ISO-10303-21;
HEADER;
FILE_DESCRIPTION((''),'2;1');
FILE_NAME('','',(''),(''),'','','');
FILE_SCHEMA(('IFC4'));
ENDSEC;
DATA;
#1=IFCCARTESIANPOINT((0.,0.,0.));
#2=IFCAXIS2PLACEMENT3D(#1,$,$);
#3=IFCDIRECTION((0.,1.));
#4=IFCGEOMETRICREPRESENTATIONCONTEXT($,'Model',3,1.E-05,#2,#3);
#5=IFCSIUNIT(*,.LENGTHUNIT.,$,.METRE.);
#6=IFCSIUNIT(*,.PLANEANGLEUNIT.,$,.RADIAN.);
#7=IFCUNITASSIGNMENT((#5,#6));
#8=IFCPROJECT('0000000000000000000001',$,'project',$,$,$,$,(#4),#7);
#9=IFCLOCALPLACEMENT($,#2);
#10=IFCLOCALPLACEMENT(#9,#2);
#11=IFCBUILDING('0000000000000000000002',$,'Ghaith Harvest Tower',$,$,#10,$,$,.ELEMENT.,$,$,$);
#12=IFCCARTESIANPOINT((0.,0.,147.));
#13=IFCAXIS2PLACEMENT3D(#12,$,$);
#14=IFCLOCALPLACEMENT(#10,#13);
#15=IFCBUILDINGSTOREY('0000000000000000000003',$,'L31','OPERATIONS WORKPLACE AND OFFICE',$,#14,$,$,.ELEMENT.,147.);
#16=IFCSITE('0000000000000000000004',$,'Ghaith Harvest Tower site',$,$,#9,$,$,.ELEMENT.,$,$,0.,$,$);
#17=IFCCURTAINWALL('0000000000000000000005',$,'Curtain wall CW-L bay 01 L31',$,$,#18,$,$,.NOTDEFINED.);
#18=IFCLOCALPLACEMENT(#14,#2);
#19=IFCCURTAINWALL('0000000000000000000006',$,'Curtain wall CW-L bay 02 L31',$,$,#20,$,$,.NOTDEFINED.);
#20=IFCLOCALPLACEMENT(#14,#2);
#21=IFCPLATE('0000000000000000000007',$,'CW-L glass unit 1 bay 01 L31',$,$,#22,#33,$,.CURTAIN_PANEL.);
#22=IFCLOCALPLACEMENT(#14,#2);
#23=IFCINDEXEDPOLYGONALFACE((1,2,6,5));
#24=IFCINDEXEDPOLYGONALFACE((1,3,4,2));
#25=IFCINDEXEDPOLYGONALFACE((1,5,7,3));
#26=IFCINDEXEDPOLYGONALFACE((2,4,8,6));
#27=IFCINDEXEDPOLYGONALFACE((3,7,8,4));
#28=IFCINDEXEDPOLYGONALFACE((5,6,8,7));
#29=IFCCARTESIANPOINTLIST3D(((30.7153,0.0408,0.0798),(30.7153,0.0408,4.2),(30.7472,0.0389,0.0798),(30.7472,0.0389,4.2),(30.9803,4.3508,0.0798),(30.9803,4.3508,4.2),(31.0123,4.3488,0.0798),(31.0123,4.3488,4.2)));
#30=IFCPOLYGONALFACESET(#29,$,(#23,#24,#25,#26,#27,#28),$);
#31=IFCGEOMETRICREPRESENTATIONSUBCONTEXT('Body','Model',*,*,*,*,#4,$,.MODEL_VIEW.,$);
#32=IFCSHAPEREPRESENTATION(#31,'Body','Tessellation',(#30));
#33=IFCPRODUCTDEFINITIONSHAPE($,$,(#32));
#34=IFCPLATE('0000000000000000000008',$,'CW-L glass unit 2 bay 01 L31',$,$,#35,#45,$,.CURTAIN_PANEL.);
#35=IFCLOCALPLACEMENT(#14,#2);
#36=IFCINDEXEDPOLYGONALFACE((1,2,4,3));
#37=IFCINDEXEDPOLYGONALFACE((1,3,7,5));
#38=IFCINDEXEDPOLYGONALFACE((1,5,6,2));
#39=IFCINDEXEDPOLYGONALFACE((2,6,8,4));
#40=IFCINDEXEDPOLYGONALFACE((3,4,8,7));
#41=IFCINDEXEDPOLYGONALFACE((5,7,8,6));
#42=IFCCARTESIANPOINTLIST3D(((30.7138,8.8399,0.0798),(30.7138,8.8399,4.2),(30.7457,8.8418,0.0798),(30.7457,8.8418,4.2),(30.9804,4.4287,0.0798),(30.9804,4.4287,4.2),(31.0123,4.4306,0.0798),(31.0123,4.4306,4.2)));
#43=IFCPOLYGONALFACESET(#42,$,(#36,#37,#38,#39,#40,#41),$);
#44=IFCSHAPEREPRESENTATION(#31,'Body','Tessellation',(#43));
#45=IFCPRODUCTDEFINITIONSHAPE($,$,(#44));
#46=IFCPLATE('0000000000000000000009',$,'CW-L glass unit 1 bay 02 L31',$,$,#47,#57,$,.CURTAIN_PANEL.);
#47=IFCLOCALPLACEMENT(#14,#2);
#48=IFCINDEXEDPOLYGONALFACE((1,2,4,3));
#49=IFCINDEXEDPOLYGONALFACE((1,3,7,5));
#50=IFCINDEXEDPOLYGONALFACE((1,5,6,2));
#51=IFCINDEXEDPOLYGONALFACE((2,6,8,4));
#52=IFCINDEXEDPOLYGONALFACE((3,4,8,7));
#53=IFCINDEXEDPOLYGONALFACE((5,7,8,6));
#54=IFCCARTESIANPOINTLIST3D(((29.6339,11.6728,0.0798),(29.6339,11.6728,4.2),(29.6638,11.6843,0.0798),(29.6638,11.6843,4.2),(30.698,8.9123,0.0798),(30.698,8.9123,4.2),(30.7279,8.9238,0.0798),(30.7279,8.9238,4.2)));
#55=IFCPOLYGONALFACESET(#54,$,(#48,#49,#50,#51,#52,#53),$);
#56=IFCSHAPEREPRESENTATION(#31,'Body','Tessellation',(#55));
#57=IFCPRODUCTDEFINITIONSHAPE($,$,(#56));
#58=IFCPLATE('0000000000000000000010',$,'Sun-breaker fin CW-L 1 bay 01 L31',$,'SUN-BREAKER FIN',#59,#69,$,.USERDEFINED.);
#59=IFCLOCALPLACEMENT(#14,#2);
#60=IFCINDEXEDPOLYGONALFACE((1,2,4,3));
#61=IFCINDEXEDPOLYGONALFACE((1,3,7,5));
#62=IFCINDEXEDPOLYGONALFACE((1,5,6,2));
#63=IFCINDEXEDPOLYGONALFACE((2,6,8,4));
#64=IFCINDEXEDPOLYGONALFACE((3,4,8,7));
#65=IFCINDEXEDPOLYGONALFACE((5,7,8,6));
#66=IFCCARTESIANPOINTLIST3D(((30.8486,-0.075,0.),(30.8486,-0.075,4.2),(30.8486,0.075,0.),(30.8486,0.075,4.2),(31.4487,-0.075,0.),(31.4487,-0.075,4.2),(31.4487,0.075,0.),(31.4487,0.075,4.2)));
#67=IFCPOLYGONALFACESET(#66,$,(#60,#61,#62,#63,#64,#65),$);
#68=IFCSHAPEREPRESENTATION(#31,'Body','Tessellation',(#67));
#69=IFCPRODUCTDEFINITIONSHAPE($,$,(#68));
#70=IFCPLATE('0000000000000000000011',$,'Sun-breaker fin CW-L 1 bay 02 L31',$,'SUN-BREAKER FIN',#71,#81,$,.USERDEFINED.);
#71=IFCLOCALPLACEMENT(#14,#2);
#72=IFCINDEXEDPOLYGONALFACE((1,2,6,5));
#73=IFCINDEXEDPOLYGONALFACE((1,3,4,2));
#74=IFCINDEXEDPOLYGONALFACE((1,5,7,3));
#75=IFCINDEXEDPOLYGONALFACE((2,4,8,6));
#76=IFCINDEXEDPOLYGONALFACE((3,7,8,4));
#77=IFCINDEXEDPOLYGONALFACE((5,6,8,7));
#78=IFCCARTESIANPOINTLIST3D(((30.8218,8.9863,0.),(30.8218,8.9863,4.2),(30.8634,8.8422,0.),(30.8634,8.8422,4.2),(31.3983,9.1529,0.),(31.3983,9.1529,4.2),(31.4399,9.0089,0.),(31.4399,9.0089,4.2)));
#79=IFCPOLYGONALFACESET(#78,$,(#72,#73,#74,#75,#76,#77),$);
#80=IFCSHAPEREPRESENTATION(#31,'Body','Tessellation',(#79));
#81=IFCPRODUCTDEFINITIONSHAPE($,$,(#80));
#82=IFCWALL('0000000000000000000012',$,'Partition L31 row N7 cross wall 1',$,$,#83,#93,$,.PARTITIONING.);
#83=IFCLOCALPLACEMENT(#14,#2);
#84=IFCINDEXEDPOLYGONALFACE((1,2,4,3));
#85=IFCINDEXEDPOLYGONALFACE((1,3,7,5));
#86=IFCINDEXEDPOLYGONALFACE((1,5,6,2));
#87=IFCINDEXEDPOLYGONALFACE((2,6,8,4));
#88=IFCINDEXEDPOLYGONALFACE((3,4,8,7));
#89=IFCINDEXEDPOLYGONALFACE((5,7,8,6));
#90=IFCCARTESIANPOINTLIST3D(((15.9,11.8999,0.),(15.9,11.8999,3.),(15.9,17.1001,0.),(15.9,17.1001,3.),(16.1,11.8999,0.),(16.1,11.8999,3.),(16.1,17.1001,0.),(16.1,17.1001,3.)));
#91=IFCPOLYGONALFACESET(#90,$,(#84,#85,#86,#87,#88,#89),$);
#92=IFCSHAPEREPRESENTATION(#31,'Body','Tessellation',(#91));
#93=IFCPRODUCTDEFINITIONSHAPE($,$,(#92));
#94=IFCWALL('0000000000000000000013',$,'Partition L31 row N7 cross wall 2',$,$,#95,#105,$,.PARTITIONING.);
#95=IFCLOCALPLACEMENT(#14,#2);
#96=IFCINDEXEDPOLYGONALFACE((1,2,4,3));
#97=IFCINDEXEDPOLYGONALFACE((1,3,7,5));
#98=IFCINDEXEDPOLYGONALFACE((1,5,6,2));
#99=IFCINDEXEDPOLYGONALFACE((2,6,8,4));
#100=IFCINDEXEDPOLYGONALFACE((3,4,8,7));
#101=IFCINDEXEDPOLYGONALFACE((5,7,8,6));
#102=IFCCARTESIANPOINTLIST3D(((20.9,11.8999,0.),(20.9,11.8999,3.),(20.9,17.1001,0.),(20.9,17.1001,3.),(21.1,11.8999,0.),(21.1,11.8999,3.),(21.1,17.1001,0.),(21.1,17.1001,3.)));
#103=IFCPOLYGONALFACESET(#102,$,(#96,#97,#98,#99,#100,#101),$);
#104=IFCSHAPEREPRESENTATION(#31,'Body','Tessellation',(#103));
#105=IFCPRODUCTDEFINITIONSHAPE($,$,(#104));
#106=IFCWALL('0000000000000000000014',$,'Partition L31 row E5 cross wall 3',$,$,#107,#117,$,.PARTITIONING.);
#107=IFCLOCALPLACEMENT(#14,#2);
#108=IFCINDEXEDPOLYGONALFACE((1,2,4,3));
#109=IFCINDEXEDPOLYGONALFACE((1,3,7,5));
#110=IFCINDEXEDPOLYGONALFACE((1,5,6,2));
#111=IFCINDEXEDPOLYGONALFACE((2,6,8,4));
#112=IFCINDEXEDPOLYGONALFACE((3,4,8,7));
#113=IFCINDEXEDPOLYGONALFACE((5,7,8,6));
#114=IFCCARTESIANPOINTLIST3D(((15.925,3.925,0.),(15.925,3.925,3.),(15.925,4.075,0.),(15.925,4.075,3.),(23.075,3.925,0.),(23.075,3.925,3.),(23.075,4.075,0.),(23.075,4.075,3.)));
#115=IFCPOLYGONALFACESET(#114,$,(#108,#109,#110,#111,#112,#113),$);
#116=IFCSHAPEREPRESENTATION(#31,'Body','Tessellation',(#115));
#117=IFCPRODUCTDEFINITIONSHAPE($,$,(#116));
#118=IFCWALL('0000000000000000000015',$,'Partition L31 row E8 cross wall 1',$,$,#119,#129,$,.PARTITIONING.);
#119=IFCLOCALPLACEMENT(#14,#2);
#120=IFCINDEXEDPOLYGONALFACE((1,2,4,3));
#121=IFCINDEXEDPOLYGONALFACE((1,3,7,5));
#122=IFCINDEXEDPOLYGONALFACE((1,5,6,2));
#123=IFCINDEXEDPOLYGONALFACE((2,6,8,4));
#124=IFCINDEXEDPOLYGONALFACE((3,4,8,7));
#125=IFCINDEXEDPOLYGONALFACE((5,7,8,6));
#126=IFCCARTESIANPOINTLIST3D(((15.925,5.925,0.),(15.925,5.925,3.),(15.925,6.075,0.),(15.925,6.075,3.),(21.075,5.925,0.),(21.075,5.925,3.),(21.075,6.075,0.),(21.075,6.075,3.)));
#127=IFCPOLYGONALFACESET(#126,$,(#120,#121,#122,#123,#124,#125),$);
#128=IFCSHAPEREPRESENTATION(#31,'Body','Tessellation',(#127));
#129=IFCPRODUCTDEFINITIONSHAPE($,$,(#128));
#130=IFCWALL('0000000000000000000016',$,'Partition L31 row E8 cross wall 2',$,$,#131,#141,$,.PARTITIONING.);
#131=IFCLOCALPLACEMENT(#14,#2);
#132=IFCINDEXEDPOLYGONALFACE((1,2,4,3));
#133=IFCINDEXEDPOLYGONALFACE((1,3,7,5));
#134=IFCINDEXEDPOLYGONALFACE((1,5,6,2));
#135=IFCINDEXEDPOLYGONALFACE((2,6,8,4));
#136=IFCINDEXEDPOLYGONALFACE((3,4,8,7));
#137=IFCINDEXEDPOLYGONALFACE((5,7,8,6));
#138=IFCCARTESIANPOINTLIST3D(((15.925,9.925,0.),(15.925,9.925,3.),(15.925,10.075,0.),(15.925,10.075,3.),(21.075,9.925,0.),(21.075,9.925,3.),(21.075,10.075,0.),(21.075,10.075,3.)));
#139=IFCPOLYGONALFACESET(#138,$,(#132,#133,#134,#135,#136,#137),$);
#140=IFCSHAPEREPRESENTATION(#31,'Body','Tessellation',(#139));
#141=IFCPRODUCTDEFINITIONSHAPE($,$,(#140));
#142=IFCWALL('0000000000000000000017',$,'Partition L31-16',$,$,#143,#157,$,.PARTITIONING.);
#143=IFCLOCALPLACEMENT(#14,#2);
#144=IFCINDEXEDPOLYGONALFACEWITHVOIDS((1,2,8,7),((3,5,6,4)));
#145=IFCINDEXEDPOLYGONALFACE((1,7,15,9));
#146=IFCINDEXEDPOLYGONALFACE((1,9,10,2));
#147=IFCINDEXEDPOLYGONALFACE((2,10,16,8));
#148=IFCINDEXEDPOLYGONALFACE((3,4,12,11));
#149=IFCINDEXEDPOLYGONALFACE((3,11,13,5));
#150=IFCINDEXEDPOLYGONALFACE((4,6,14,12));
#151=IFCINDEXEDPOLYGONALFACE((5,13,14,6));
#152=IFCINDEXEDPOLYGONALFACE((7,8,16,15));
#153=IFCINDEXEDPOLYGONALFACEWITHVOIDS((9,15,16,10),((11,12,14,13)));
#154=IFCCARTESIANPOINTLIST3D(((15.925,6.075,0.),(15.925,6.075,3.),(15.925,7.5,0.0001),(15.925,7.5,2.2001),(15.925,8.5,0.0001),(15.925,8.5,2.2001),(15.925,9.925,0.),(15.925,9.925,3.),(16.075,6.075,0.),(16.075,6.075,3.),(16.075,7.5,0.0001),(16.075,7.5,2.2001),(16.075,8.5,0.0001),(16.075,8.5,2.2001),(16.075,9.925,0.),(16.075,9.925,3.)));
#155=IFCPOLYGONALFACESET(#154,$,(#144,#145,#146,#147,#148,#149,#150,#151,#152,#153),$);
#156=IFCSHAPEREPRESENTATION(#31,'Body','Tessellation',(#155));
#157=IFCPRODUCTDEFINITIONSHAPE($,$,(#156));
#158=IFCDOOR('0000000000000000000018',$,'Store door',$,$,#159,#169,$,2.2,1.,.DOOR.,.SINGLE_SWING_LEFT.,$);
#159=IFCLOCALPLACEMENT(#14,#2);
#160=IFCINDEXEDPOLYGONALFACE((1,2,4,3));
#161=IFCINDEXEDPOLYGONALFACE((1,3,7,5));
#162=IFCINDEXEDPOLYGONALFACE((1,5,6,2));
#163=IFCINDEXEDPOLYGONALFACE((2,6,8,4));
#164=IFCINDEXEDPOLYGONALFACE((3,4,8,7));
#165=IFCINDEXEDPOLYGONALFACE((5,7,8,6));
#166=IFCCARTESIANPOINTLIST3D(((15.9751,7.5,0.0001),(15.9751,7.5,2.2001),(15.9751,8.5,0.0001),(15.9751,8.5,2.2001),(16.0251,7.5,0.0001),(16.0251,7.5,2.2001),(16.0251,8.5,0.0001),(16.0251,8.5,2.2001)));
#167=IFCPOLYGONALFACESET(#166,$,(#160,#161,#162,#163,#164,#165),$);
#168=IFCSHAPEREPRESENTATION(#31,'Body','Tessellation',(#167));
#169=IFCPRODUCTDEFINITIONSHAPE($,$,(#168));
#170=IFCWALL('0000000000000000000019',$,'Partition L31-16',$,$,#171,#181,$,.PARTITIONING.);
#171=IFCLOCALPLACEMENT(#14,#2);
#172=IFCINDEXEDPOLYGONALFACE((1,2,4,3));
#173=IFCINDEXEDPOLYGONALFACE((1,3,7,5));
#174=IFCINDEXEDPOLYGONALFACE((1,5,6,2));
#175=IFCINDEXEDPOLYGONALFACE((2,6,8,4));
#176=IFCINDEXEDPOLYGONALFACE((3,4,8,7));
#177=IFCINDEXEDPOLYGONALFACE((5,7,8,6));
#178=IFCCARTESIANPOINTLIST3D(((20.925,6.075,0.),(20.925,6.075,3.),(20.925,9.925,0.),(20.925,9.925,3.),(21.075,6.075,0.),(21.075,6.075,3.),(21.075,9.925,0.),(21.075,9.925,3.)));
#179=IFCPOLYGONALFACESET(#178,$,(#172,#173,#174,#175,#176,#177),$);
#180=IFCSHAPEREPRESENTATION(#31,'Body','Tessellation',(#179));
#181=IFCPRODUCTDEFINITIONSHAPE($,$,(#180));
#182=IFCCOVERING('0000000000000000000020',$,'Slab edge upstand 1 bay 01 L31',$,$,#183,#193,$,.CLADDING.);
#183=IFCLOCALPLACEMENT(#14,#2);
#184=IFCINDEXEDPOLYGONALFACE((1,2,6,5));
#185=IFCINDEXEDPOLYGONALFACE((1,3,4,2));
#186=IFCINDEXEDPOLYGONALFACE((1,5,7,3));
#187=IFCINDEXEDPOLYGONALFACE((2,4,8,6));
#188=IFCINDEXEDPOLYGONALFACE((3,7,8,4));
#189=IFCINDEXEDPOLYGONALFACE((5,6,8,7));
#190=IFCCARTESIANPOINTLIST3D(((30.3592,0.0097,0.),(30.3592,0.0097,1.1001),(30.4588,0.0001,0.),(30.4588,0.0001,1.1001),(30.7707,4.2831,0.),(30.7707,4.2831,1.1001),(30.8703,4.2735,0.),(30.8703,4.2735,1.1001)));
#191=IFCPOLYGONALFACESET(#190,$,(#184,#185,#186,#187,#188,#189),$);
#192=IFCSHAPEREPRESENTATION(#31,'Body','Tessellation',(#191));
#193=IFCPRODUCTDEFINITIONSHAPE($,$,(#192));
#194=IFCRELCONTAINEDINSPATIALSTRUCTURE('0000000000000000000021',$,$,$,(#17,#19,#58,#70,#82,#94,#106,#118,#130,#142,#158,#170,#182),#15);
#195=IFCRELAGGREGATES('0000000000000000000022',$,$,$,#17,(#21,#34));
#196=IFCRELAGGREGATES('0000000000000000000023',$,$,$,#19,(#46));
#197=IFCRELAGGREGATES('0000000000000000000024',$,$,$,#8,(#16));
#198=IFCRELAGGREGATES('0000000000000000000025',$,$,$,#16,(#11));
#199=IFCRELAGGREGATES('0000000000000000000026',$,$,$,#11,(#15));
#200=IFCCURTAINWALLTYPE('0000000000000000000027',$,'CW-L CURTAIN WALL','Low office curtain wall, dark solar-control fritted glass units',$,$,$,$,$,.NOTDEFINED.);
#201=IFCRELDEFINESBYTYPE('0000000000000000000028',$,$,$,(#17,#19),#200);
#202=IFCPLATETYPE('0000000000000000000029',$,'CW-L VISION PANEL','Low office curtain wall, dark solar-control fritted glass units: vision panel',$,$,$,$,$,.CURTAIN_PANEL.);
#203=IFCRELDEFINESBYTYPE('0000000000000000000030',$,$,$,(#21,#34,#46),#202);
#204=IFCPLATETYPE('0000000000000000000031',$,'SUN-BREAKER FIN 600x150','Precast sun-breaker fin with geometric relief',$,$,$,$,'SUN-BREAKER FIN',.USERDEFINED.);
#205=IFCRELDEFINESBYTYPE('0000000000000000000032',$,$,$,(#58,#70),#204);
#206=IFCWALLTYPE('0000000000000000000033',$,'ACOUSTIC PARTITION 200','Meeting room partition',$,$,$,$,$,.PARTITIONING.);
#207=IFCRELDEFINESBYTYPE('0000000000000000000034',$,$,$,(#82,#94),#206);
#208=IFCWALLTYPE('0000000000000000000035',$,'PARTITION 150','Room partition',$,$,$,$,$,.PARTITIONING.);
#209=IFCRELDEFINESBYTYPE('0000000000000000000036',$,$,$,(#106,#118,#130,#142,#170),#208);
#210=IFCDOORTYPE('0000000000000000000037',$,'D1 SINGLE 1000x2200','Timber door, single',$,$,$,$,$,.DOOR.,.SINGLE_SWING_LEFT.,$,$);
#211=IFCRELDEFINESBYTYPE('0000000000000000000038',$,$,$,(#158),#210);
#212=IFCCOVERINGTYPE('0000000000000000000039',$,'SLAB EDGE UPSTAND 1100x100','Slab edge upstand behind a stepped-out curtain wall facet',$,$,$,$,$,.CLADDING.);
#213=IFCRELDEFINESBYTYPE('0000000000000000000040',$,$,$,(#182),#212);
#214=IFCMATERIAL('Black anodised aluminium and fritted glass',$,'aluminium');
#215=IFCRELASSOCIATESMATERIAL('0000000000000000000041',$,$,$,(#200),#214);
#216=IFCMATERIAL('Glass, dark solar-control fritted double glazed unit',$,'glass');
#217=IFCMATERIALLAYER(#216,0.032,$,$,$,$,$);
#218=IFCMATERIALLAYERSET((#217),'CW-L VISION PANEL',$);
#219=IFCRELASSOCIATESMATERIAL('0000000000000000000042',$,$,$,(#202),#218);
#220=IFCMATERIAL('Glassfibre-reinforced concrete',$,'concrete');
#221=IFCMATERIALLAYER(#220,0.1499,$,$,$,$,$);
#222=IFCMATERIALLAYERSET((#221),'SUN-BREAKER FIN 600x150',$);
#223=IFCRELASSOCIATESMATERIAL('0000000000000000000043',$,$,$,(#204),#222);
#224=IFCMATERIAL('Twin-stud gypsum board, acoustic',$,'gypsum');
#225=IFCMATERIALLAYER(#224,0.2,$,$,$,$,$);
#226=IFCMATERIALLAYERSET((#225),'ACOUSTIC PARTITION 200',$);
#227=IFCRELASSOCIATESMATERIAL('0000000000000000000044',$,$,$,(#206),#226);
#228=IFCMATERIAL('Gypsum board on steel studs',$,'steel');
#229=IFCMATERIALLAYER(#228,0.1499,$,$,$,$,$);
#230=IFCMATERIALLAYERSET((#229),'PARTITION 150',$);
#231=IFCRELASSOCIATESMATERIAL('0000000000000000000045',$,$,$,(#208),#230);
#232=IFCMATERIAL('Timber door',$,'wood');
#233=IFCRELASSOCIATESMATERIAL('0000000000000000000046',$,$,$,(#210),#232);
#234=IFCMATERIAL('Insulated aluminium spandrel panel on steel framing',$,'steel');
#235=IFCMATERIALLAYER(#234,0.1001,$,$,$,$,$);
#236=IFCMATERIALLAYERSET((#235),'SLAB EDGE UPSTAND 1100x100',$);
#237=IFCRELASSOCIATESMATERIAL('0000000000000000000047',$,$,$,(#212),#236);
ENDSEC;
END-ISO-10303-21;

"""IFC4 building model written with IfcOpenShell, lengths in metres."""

from ifc_helpers import new_model, si_unit, direction, frame, frame_2d, origin, origin_2d, place, context, subcontext, project, spatial, rectangle, extrude, material, layer, layer_set, type_object, element, fill, aggregate, save


model = new_model("IFC4")

# Units and contexts
model_context = context("Model", 3, precision=1e-05, world=origin(), true_north=direction((0.0, 1.0)))
body_context = subcontext(model_context, "Body", "Model", "MODEL_VIEW")
ifc_project = project(units=[si_unit("LENGTHUNIT", "METRE"), si_unit("PLANEANGLEUNIT", "RADIAN")], contexts=[model_context])

# Site, building, storey
site_placement = place(None, origin())
site = spatial("IfcSite", under=ifc_project, at=site_placement, Name="Ghaith Harvest Tower site", CompositionType="ELEMENT", RefElevation=0.0)
building_placement = place(site_placement, origin())
building = spatial("IfcBuilding", under=site, at=building_placement, Name="Ghaith Harvest Tower", CompositionType="ELEMENT")
storey_placement = place(building_placement, frame((0.0, 0.0, 147.0)))
storey = spatial("IfcBuildingStorey", under=building, at=storey_placement, Name="L31", Description="OPERATIONS WORKPLACE AND OFFICE", CompositionType="ELEMENT", Elevation=147.0)

# Curtain walls
ifc_material_1 = material(Name="Black anodised aluminium and fritted glass", Category="aluminium")
curtain_wall_type = type_object("IfcCurtainWallType", Name="CW-L CURTAIN WALL", Description="Low office curtain wall, dark solar-control fritted glass units", PredefinedType="NOTDEFINED", material=ifc_material_1)
curtain_wall_1_placement = place(storey_placement, origin())
curtain_wall_1 = element("IfcCurtainWall", 1, at=curtain_wall_1_placement, inside=storey, type_object=curtain_wall_type, Name="Curtain wall CW-L bay 01 L31", PredefinedType="NOTDEFINED")
curtain_wall_2_placement = place(storey_placement, origin())
curtain_wall_2 = element("IfcCurtainWall", 2, at=curtain_wall_2_placement, inside=storey, type_object=curtain_wall_type, Name="Curtain wall CW-L bay 02 L31", PredefinedType="NOTDEFINED")

# Plates
ifc_material_2 = material(Name="Glass, dark solar-control fritted double glazed unit", Category="glass")
ifc_layer_1 = layer(ifc_material_2, 0.032)
ifc_layer_set_1 = layer_set([ifc_layer_1], Name="CW-L VISION PANEL")
plate_type_1 = type_object("IfcPlateType", Name="CW-L VISION PANEL", Description="Low office curtain wall, dark solar-control fritted glass units: vision panel", PredefinedType="CURTAIN_PANEL", material=ifc_layer_set_1)
plate_1_placement = place(storey_placement, frame((30.8638, 2.1948, 0.0798), z_axis=(0.0, 0.0, 1.0), x_axis=(0.06138, 0.998114, 0.0)))
plate_1 = element("IfcPlate", 3, at=plate_1_placement, type_object=plate_type_1, Name="CW-L glass unit 1 bay 01 L31", PredefinedType="CURTAIN_PANEL", context=body_context, shape_type="SweptSolid", body=[
    extrude(rectangle(XDim=4.3181, YDim=0.032, at=origin_2d()), origin(), (0.0, 0.0, 1.0), 4.1201),
])
plate_2_placement = place(storey_placement, frame((30.863, 6.6353, 0.0798), z_axis=(0.0, 0.0, 1.0), x_axis=(-0.060321, 0.998179, 0.0)))
plate_2 = element("IfcPlate", 4, at=plate_2_placement, type_object=plate_type_1, Name="CW-L glass unit 2 bay 01 L31", PredefinedType="CURTAIN_PANEL", context=body_context, shape_type="SweptSolid", body=[
    extrude(rectangle(XDim=4.4192, YDim=0.032, at=origin_2d()), origin(), (0.0, 0.0, 1.0), 4.1201),
])
aggregate(curtain_wall_1, [plate_1, plate_2])
plate_3_placement = place(storey_placement, frame((30.1809, 10.2983, 0.0798), z_axis=(0.0, 0.0, 1.0), x_axis=(-0.359677, 0.933077, 0.0)))
plate_3 = element("IfcPlate", 5, at=plate_3_placement, type_object=plate_type_1, Name="CW-L glass unit 1 bay 02 L31", PredefinedType="CURTAIN_PANEL", context=body_context, shape_type="SweptSolid", body=[
    extrude(rectangle(XDim=2.9585, YDim=0.032, at=origin_2d()), origin(), (0.0, 0.0, 1.0), 4.1201),
])
aggregate(curtain_wall_2, [plate_3])

# Plates
ifc_material_3 = material(Name="Glassfibre-reinforced concrete", Category="concrete")
ifc_layer_2 = layer(ifc_material_3, 0.1499)
ifc_layer_set_2 = layer_set([ifc_layer_2], Name="SUN-BREAKER FIN 600x150")
plate_type_2 = type_object("IfcPlateType", Name="SUN-BREAKER FIN 600x150", Description="Precast sun-breaker fin with geometric relief", ElementType="SUN-BREAKER FIN", PredefinedType="USERDEFINED", material=ifc_layer_set_2)
for number, where, z_axis, x_axis, name in (
    (6, (31.1487, 0.0, 0.0), (0.0, 0.0, 1.0), (1.0, 0.0, 0.0), "Sun-breaker fin CW-L 1 bay 01 L31"),
    (7, (31.1309, 8.9976, 0.0), (0.0, 0.0, 1.0), (0.96068, 0.277657, 0.0), "Sun-breaker fin CW-L 1 bay 02 L31"),
):
    element("IfcPlate", number, at=place(storey_placement, frame(where, z_axis=z_axis, x_axis=x_axis)), inside=storey, type_object=plate_type_2, Name=name, ObjectType="SUN-BREAKER FIN", PredefinedType="USERDEFINED", context=body_context, shape_type="SweptSolid", body=[
        extrude(rectangle(XDim=0.6001, YDim=0.1499, at=origin_2d()), origin(), (0.0, 0.0, 1.0), 4.2),
    ])

# Walls
ifc_material_4 = material(Name="Twin-stud gypsum board, acoustic", Category="gypsum")
ifc_layer_3 = layer(ifc_material_4, 0.2)
ifc_layer_set_3 = layer_set([ifc_layer_3], Name="ACOUSTIC PARTITION 200")
wall_type_1 = type_object("IfcWallType", Name="ACOUSTIC PARTITION 200", Description="Meeting room partition", PredefinedType="PARTITIONING", material=ifc_layer_set_3)
for number, where, z_axis, x_axis, name in (
    (8, (16.0, 11.8999, 0.0), (0.0, 0.0, 1.0), (0.0, 1.0, 0.0), "Partition L31 row N7 cross wall 1"),
    (9, (21.0, 11.8999, 0.0), (0.0, 0.0, 1.0), (0.0, 1.0, 0.0), "Partition L31 row N7 cross wall 2"),
):
    element("IfcWall", number, at=place(storey_placement, frame(where, z_axis=z_axis, x_axis=x_axis)), inside=storey, type_object=wall_type_1, Name=name, PredefinedType="PARTITIONING", context=body_context, shape_type="SweptSolid", body=[
        extrude(rectangle(XDim=5.2002, YDim=0.2, at=frame_2d((2.6001, 0.0))), origin(), (0.0, 0.0, 1.0), 3.0),
    ])
ifc_material_5 = material(Name="Gypsum board on steel studs", Category="steel")
ifc_layer_4 = layer(ifc_material_5, 0.1499)
ifc_layer_set_4 = layer_set([ifc_layer_4], Name="PARTITION 150")
wall_type_2 = type_object("IfcWallType", Name="PARTITION 150", Description="Room partition", PredefinedType="PARTITIONING", material=ifc_layer_set_4)
wall_1_placement = place(storey_placement, frame((15.925, 4.0, 0.0), z_axis=(0.0, 0.0, 1.0), x_axis=(1.0, 0.0, 0.0)))
element("IfcWall", 10, at=wall_1_placement, inside=storey, type_object=wall_type_2, Name="Partition L31 row E5 cross wall 3", PredefinedType="PARTITIONING", context=body_context, shape_type="SweptSolid", body=[
    extrude(rectangle(XDim=7.1499, YDim=0.1499, at=frame_2d((3.575, 0.0))), origin(), (0.0, 0.0, 1.0), 3.0),
])
for number, where, z_axis, x_axis, name in (
    (11, (15.925, 6.0, 0.0), (0.0, 0.0, 1.0), (1.0, 0.0, 0.0), "Partition L31 row E8 cross wall 1"),
    (12, (15.925, 10.0, 0.0), (0.0, 0.0, 1.0), (1.0, 0.0, 0.0), "Partition L31 row E8 cross wall 2"),
):
    element("IfcWall", number, at=place(storey_placement, frame(where, z_axis=z_axis, x_axis=x_axis)), inside=storey, type_object=wall_type_2, Name=name, PredefinedType="PARTITIONING", context=body_context, shape_type="SweptSolid", body=[
        extrude(rectangle(XDim=5.1499, YDim=0.1499, at=frame_2d((2.575, 0.0))), origin(), (0.0, 0.0, 1.0), 3.0),
    ])

# Wall, opening, door
wall_2_placement = place(storey_placement, frame((16.0, 6.075, 0.0), z_axis=(0.0, 0.0, 1.0), x_axis=(0.0, 1.0, 0.0)))
wall_2 = element("IfcWall", 13, at=wall_2_placement, inside=storey, type_object=wall_type_2, Name="Partition L31-16", PredefinedType="PARTITIONING", context=body_context, shape_type="SweptSolid", body=[
    extrude(rectangle(XDim=3.8501, YDim=0.1499, at=frame_2d((1.925, 0.0))), origin(), (0.0, 0.0, 1.0), 3.0),
])
opening_placement = place(wall_2_placement, frame((1.425, 0.0, 0.0)))
opening = element("IfcOpeningElement", 14, at=opening_placement, cuts=wall_2, PredefinedType="OPENING", context=body_context, shape_type="SweptSolid", body=[
    extrude(rectangle(XDim=1.0, YDim=2.2, at=frame_2d((0.5, 1.1001))), frame((0.0, 0.085, 0.0), z_axis=(0.0, -1.0, 0.0), x_axis=(1.0, 0.0, 0.0)), (0.0, 0.0, 1.0), 0.1699),
])
ifc_material_6 = material(Name="Timber door", Category="wood")
door_type = type_object("IfcDoorType", Name="D1 SINGLE 1000x2200", Description="Timber door, single", OperationType="SINGLE_SWING_LEFT", PredefinedType="DOOR", material=ifc_material_6)
door_placement = place(opening_placement, origin())
door = element("IfcDoor", 15, at=door_placement, inside=storey, type_object=door_type, Name="Store door", OperationType="SINGLE_SWING_LEFT", OverallHeight=2.2, OverallWidth=1.0, PredefinedType="DOOR", context=body_context, shape_type="SweptSolid", body=[
    extrude(rectangle(XDim=1.0, YDim=2.2, at=frame_2d((0.5, 1.1001))), frame((0.0, 0.0249, 0.0), z_axis=(0.0, -1.0, 0.0), x_axis=(1.0, 0.0, 0.0)), (0.0, 0.0, 1.0), 0.05),
])
fill(opening, door)

# Wall
wall_3_placement = place(storey_placement, frame((21.0, 6.075, 0.0), z_axis=(0.0, 0.0, 1.0), x_axis=(0.0, 1.0, 0.0)))
element("IfcWall", 16, at=wall_3_placement, inside=storey, type_object=wall_type_2, Name="Partition L31-16", PredefinedType="PARTITIONING", context=body_context, shape_type="SweptSolid", body=[
    extrude(rectangle(XDim=3.8501, YDim=0.1499, at=frame_2d((1.925, 0.0))), origin(), (0.0, 0.0, 1.0), 3.0),
])

# Covering
ifc_material_7 = material(Name="Insulated aluminium spandrel panel on steel framing", Category="steel")
ifc_layer_5 = layer(ifc_material_7, 0.1001)
ifc_layer_set_5 = layer_set([ifc_layer_5], Name="SLAB EDGE UPSTAND 1100x100")
covering_type = type_object("IfcCoveringType", Name="SLAB EDGE UPSTAND 1100x100", Description="Slab edge upstand behind a stepped-out curtain wall facet", PredefinedType="CLADDING", material=ifc_layer_set_5)
covering_1_placement = place(storey_placement, frame((30.6147, 2.1416, 0.0), z_axis=(0.0, 0.0, 1.0), x_axis=(0.095861, 0.995395, 0.0)))
element("IfcCovering", 17, at=covering_1_placement, inside=storey, type_object=covering_type, Name="Slab edge upstand 1 bay 01 L31", PredefinedType="CLADDING", context=body_context, shape_type="SweptSolid", body=[
    extrude(rectangle(XDim=4.2932, YDim=0.1001, at=origin_2d()), origin(), (0.0, 0.0, 1.0), 1.1001),
])

save(model, "model.ifc")
